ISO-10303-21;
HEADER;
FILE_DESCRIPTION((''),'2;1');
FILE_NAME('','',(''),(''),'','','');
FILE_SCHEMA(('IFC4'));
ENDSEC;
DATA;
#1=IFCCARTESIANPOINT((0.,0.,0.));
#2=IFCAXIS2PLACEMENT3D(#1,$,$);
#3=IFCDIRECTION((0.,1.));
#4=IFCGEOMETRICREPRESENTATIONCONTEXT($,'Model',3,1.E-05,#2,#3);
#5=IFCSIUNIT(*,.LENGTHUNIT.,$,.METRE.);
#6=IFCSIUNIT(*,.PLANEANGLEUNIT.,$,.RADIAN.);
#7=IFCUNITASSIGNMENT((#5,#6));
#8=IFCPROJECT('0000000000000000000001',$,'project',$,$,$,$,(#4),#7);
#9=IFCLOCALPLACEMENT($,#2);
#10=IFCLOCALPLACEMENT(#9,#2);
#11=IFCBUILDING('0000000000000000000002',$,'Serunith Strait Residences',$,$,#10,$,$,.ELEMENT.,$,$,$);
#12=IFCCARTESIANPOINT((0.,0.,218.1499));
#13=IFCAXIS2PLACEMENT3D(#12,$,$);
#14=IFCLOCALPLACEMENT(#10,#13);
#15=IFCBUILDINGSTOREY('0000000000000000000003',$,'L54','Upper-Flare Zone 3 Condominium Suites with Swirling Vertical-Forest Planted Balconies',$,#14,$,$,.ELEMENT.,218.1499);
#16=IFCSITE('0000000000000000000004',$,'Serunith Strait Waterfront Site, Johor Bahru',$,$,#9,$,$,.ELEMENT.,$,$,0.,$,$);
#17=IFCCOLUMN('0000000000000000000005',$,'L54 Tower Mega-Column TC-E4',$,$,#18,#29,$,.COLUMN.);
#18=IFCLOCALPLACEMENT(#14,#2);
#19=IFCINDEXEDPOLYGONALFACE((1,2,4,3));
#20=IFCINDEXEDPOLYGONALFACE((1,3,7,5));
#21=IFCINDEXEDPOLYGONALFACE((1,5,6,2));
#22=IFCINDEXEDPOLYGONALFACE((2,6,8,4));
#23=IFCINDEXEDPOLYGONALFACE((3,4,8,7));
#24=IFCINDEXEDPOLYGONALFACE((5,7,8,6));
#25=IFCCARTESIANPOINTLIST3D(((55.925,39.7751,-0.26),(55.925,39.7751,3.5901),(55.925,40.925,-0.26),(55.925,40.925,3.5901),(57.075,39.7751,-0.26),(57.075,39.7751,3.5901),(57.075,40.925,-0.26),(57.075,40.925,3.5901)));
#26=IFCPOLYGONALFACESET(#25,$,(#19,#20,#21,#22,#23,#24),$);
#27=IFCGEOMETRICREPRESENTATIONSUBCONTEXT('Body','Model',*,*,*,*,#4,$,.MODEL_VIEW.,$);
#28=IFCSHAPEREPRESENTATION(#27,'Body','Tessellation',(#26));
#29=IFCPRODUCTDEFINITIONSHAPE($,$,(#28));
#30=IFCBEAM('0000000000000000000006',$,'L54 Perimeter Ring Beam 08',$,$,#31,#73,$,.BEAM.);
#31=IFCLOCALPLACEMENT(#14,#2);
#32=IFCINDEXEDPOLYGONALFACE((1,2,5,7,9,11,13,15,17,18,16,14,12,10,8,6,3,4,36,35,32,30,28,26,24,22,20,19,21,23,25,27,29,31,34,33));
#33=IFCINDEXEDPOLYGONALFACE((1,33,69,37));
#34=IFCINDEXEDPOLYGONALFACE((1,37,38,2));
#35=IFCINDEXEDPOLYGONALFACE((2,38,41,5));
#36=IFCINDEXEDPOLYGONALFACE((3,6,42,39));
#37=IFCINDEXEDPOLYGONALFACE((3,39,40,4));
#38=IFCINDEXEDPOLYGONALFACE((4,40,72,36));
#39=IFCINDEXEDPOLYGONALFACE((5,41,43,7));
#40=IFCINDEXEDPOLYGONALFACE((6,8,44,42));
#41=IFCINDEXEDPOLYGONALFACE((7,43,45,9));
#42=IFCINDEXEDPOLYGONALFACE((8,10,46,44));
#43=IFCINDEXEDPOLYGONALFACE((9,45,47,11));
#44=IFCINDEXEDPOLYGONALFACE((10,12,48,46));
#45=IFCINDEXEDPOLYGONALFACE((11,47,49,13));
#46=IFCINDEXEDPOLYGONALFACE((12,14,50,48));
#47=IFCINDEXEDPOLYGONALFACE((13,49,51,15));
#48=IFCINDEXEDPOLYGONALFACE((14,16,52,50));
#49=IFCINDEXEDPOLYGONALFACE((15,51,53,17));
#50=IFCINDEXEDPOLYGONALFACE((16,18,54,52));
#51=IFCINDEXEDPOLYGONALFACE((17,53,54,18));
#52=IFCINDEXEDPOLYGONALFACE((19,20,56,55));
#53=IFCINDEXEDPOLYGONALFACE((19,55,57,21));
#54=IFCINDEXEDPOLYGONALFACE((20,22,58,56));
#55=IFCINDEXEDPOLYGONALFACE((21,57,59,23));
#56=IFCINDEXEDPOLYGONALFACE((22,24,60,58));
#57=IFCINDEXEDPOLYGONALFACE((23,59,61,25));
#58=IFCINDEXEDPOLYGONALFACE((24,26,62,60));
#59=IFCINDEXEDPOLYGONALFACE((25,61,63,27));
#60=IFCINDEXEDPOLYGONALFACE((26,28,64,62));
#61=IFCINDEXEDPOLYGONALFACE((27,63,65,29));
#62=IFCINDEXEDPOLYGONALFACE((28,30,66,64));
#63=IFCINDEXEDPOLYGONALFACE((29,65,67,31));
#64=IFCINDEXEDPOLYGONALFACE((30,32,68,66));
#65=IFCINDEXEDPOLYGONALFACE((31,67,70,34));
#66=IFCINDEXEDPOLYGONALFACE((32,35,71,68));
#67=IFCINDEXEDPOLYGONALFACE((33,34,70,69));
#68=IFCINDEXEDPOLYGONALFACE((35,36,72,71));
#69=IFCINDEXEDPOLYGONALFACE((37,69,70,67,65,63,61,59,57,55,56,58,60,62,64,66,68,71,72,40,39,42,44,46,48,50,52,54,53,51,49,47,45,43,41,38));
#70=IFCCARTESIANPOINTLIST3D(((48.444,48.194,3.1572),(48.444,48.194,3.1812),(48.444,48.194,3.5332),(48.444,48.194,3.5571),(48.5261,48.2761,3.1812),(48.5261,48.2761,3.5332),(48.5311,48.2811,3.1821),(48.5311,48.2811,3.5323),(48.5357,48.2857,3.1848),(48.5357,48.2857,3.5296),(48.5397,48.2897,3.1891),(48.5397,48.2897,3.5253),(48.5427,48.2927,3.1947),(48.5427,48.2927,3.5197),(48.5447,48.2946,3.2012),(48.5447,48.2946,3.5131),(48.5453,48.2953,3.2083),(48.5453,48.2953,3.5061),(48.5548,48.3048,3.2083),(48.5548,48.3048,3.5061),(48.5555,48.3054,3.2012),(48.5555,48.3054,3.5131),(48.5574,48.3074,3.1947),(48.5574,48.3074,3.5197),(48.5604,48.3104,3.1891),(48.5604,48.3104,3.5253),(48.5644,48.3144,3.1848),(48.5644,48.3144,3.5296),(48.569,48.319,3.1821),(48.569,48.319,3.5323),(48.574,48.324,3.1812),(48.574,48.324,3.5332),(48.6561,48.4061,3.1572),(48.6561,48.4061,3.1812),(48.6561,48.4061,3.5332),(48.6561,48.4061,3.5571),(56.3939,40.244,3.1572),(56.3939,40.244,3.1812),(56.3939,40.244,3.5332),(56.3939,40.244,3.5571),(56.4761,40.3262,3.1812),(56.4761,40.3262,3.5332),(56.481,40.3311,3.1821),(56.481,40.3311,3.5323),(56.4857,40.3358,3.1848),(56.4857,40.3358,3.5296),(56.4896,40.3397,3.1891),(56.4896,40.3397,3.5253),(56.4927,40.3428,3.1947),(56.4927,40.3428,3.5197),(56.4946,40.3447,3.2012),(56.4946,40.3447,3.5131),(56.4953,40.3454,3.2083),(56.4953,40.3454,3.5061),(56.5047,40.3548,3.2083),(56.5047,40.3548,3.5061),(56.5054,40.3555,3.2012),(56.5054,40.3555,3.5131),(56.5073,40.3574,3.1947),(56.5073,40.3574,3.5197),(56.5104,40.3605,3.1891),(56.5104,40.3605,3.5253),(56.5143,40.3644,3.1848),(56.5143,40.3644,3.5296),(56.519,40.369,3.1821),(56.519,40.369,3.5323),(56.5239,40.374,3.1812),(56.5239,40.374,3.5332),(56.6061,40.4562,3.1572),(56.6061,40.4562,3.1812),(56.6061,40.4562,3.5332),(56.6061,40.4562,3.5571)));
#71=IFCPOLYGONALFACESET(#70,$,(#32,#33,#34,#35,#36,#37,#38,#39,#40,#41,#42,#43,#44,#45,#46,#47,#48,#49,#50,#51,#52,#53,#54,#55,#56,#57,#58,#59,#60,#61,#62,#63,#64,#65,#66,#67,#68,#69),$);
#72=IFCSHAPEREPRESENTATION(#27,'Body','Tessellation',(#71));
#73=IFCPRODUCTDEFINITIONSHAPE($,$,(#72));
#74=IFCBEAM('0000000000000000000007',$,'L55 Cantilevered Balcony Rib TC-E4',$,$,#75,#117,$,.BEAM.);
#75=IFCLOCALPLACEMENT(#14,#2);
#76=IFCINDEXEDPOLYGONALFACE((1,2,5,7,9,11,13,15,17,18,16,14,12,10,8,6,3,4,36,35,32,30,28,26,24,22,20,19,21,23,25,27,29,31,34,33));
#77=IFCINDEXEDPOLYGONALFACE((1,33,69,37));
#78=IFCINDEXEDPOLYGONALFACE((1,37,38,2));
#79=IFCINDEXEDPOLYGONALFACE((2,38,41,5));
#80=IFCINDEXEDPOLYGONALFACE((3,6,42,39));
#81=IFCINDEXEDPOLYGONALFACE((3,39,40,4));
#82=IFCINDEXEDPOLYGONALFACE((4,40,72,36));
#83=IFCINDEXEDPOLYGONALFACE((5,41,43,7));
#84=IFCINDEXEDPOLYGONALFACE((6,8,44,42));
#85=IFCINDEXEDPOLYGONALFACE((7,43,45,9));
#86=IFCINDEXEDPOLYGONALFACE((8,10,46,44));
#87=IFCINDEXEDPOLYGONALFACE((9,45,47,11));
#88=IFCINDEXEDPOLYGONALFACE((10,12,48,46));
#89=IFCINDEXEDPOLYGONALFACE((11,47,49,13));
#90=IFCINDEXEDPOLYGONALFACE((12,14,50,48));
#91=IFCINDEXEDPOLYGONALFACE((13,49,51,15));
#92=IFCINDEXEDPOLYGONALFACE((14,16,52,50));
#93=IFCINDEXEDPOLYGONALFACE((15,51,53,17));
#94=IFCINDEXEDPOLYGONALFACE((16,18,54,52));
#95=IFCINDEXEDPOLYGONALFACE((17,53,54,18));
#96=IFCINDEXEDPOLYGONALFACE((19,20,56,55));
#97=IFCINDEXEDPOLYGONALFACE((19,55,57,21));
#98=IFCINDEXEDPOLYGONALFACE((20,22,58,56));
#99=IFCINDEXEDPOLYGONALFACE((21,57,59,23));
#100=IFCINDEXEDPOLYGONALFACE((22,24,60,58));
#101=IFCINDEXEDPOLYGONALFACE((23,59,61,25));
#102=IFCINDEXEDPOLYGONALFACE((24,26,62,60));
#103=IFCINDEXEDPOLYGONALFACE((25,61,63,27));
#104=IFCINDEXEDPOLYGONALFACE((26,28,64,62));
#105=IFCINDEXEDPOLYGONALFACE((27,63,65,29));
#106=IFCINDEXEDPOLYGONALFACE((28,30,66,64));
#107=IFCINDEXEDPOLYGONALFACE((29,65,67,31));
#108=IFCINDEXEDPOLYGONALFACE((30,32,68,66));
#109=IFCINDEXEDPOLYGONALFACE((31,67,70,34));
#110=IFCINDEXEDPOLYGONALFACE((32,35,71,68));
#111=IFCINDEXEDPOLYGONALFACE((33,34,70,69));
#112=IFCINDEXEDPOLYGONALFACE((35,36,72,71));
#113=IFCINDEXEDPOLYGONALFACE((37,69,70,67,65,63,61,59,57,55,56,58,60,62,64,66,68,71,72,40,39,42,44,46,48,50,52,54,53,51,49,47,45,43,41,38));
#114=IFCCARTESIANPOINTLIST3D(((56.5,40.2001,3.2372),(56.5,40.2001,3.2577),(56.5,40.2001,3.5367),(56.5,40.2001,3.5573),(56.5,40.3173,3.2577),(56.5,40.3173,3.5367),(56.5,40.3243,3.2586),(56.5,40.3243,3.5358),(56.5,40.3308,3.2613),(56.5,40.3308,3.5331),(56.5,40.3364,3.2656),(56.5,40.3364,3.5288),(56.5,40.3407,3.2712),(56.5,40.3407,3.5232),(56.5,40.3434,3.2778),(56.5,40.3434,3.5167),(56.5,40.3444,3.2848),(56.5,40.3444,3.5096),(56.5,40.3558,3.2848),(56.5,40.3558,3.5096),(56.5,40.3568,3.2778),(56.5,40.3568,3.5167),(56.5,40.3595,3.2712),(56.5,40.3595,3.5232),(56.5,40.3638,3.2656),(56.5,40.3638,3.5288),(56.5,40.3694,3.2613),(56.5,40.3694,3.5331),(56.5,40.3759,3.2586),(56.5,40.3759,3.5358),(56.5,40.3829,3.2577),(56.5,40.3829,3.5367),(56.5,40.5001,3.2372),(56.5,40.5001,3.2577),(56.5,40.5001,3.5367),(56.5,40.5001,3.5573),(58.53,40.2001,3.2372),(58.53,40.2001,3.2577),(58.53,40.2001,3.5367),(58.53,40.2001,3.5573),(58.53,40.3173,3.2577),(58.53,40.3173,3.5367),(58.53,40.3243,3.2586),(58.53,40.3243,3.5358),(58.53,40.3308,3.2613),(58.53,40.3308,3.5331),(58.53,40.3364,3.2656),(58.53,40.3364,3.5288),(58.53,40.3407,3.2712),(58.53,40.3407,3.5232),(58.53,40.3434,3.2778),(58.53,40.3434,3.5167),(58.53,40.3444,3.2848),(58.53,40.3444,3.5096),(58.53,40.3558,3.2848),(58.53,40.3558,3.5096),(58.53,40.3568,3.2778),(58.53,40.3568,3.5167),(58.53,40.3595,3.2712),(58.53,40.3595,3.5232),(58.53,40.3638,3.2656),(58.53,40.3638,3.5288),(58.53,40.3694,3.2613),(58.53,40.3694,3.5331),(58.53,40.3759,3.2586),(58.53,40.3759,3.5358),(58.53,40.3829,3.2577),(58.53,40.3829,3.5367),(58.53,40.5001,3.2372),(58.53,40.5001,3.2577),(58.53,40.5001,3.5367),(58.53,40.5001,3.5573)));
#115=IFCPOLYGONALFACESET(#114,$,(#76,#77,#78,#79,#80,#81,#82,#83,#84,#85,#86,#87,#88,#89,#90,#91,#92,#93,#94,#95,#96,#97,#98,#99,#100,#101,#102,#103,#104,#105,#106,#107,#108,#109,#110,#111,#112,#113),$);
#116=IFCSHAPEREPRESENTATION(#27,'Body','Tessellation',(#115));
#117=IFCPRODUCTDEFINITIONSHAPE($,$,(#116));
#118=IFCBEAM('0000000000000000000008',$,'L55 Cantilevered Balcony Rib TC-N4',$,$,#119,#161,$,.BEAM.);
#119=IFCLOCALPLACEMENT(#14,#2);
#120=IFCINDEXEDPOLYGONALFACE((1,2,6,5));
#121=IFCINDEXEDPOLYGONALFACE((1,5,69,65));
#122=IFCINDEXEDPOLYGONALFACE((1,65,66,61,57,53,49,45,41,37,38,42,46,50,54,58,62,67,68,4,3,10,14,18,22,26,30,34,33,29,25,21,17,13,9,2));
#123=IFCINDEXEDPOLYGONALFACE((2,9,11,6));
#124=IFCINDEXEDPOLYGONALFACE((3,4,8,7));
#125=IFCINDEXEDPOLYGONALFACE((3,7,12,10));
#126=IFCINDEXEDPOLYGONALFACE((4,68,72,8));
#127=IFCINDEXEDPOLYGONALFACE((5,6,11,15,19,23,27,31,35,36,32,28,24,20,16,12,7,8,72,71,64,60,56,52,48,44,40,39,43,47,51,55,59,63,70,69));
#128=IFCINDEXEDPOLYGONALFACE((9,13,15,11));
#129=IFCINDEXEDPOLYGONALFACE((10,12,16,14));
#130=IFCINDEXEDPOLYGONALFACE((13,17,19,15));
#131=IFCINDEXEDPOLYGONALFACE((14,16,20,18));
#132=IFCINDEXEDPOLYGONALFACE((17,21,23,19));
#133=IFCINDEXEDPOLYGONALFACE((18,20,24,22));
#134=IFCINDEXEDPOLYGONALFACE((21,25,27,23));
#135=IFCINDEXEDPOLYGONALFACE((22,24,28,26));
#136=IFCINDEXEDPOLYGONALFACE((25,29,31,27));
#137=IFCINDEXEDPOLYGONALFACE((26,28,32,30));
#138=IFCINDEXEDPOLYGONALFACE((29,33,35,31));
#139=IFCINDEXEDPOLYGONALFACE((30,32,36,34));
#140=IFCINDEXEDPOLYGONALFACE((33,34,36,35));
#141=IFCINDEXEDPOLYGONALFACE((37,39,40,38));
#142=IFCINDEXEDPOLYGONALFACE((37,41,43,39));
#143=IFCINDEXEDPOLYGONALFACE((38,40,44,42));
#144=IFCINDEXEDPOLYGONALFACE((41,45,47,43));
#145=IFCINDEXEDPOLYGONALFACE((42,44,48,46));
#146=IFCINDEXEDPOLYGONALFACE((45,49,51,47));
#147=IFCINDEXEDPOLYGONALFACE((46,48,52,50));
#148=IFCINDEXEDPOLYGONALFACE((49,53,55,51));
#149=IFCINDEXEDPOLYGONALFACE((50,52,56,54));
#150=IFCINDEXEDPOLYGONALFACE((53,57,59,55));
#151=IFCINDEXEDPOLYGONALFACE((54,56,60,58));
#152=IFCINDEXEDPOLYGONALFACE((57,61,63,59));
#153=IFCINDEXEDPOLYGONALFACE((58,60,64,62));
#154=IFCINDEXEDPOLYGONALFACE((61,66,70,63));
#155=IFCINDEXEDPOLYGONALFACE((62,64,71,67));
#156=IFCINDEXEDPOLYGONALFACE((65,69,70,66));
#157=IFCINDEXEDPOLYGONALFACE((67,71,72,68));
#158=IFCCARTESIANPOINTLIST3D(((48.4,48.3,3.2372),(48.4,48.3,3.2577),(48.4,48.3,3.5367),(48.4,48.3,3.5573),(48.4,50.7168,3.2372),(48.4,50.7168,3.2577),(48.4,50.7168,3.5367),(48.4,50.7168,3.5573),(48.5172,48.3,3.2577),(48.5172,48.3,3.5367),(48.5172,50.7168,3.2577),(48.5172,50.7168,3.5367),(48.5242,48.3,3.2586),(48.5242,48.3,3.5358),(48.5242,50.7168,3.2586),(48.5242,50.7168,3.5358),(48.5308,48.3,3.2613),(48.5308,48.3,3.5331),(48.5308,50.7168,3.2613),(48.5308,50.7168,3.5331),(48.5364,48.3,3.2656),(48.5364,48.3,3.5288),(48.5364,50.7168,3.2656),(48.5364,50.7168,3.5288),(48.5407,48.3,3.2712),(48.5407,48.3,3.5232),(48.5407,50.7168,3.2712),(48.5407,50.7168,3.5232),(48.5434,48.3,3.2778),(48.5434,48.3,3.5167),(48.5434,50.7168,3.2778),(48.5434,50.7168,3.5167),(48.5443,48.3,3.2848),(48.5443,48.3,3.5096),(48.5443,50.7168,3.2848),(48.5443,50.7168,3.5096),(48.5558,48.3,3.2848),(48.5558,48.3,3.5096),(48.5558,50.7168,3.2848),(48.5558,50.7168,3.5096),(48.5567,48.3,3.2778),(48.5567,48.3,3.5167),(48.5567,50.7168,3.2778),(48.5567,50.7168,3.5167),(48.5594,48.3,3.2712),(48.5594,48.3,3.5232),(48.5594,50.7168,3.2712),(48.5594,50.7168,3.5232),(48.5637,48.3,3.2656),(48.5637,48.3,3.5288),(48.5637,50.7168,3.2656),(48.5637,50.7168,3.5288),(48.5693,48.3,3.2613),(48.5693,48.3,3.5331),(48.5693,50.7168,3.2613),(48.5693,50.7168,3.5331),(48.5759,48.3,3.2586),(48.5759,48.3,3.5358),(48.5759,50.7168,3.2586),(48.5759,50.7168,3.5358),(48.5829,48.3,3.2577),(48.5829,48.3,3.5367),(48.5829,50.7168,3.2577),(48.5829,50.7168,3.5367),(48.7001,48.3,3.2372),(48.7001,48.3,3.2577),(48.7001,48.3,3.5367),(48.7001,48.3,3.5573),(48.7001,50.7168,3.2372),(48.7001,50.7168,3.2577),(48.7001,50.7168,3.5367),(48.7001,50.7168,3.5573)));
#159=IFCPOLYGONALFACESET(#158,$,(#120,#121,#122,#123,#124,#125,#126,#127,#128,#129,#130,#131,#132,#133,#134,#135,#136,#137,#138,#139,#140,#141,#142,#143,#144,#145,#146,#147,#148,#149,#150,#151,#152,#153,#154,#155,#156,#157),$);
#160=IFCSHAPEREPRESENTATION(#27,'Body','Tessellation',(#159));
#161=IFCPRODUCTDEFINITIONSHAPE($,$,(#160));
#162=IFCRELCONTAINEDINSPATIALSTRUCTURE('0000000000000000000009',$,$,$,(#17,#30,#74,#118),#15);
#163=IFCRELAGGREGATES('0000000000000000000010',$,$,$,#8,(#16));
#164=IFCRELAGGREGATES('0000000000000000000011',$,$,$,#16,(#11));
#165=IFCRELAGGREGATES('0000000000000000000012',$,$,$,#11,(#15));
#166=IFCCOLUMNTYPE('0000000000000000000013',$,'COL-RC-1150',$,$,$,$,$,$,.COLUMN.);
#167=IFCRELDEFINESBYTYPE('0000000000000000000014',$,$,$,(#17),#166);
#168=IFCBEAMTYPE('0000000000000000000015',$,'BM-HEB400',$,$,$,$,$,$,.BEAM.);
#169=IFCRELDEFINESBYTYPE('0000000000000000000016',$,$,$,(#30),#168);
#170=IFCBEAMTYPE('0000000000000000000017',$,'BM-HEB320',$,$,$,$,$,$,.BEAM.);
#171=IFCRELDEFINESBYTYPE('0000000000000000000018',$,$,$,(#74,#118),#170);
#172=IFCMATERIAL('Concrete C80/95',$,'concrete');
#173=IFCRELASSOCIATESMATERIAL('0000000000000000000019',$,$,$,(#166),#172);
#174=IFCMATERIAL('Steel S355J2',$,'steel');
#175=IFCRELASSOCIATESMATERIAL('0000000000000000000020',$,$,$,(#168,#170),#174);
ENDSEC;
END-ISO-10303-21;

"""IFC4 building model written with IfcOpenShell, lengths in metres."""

from ifc_helpers import new_model, si_unit, direction, frame, origin, origin_2d, place, context, subcontext, project, spatial, rectangle, i_section, extrude, source, transform, mapped, material, material_profile, profile_set, type_object, element, save


model = new_model("IFC4")

# Units and contexts
model_context = context("Model", 3, precision=1e-05, world=origin(), true_north=direction((0.0, 1.0)))
body_context = subcontext(model_context, "Body", "Model", "MODEL_VIEW")
ifc_project = project(units=[si_unit("LENGTHUNIT", "METRE"), si_unit("PLANEANGLEUNIT", "RADIAN")], contexts=[model_context])

# Site, building, storey
site_placement = place(None, origin())
site = spatial("IfcSite", under=ifc_project, at=site_placement, Name="Serunith Strait Waterfront Site, Johor Bahru", CompositionType="ELEMENT", RefElevation=0.0)
building_placement = place(site_placement, origin())
building = spatial("IfcBuilding", under=site, at=building_placement, Name="Serunith Strait Residences", CompositionType="ELEMENT")
storey_placement = place(building_placement, frame((0.0, 0.0, 218.1499)))
storey = spatial("IfcBuildingStorey", under=building, at=storey_placement, Name="L54", Description="Upper-Flare Zone 3 Condominium Suites with Swirling Vertical-Forest Planted Balconies", CompositionType="ELEMENT", Elevation=218.1499)

# Column
ifc_material_1 = material(Name="Concrete C80/95", Category="concrete")
ifc_material_profile_1 = material_profile(ifc_material_1, rectangle(XDim=1.1499, YDim=1.1499, at=origin_2d()), Name="RC 1150x1150")
ifc_profile_set_1 = profile_set([ifc_material_profile_1], Name="Concrete C80/95")
column_type = type_object("IfcColumnType", Name="COL-RC-1150", PredefinedType="COLUMN", material=ifc_profile_set_1)
shared_shape_1 = source(origin(), body_context, "Body", "SweptSolid", [
    extrude(rectangle(XDim=1.1499, YDim=1.1499, at=origin_2d()), origin(), (0.0, 0.0, 1.0), 3.8501),
])
column_placement = place(storey_placement, frame((56.5, 40.3501, -0.26), z_axis=(0.0, 0.0, 1.0), x_axis=(1.0, 0.0, 0.0)))
element("IfcColumn", 1, at=column_placement, inside=storey, type_object=column_type, Name="L54 Tower Mega-Column TC-E4", PredefinedType="COLUMN", context=body_context, shape_type="MappedRepresentation", body=[
    mapped(shared_shape_1, transform((0.0, 0.0, 0.0), scale=1.0)),
])

# Beams
ifc_material_2 = material(Name="Steel S355J2", Category="steel")
ifc_material_profile_2 = material_profile(ifc_material_2, i_section(OverallWidth=0.3, OverallDepth=0.3999, WebThickness=0.0134, FlangeThickness=0.0239, FilletRadius=0.0271, at=origin_2d()), Name="HEB 400")
ifc_profile_set_2 = profile_set([ifc_material_profile_2], Name="Steel S355J2")
beam_type_1 = type_object("IfcBeamType", Name="BM-HEB400", PredefinedType="BEAM", material=ifc_profile_set_2)
shared_shape_2 = source(origin(), body_context, "Body", "SweptSolid", [
    extrude(i_section(OverallWidth=0.3, OverallDepth=0.3999, WebThickness=0.0134, FlangeThickness=0.0239, FilletRadius=0.0271, at=origin_2d()), origin(), (0.0, 0.0, 1.0), 11.2429),
])
beam_1_placement = place(storey_placement, frame((56.5, 40.3501, 3.3572), z_axis=(-0.707107, 0.707107, 0.0), x_axis=(-0.707107, -0.707107, 0.0)))
element("IfcBeam", 2, at=beam_1_placement, inside=storey, type_object=beam_type_1, Name="L54 Perimeter Ring Beam 08", PredefinedType="BEAM", context=body_context, shape_type="MappedRepresentation", body=[
    mapped(shared_shape_2, transform((0.0, 0.0, 0.0), scale=1.0)),
])
ifc_material_profile_3 = material_profile(ifc_material_2, i_section(OverallWidth=0.3, OverallDepth=0.3201, WebThickness=0.0115, FlangeThickness=0.0205, FilletRadius=0.0271, at=origin_2d()), Name="HEB 320")
ifc_profile_set_3 = profile_set([ifc_material_profile_3], Name="Steel S355J2")
beam_type_2 = type_object("IfcBeamType", Name="BM-HEB320", PredefinedType="BEAM", material=ifc_profile_set_3)
shared_shape_3 = source(origin(), body_context, "Body", "SweptSolid", [
    extrude(i_section(OverallWidth=0.3, OverallDepth=0.3201, WebThickness=0.0115, FlangeThickness=0.0205, FilletRadius=0.0271, at=origin_2d()), origin(), (0.0, 0.0, 1.0), 2.03),
])
beam_2_placement = place(storey_placement, frame((56.5, 40.3501, 3.3972), z_axis=(1.0, 0.0, 0.0), x_axis=(0.0, 1.0, 0.0)))
element("IfcBeam", 3, at=beam_2_placement, inside=storey, type_object=beam_type_2, Name="L55 Cantilevered Balcony Rib TC-E4", PredefinedType="BEAM", context=body_context, shape_type="MappedRepresentation", body=[
    mapped(shared_shape_3, transform((0.0, 0.0, 0.0), scale=1.0)),
])
shared_shape_4 = source(origin(), body_context, "Body", "SweptSolid", [
    extrude(i_section(OverallWidth=0.3, OverallDepth=0.3201, WebThickness=0.0115, FlangeThickness=0.0205, FilletRadius=0.0271, at=origin_2d()), origin(), (0.0, 0.0, 1.0), 2.4167),
])
beam_3_placement = place(storey_placement, frame((48.55, 48.3, 3.3972), z_axis=(0.0, 1.0, 0.0), x_axis=(-1.0, 0.0, 0.0)))
element("IfcBeam", 4, at=beam_3_placement, inside=storey, type_object=beam_type_2, Name="L55 Cantilevered Balcony Rib TC-N4", PredefinedType="BEAM", context=body_context, shape_type="MappedRepresentation", body=[
    mapped(shared_shape_4, transform((0.0, 0.0, 0.0), scale=1.0)),
])

save(model, "model.ifc")
